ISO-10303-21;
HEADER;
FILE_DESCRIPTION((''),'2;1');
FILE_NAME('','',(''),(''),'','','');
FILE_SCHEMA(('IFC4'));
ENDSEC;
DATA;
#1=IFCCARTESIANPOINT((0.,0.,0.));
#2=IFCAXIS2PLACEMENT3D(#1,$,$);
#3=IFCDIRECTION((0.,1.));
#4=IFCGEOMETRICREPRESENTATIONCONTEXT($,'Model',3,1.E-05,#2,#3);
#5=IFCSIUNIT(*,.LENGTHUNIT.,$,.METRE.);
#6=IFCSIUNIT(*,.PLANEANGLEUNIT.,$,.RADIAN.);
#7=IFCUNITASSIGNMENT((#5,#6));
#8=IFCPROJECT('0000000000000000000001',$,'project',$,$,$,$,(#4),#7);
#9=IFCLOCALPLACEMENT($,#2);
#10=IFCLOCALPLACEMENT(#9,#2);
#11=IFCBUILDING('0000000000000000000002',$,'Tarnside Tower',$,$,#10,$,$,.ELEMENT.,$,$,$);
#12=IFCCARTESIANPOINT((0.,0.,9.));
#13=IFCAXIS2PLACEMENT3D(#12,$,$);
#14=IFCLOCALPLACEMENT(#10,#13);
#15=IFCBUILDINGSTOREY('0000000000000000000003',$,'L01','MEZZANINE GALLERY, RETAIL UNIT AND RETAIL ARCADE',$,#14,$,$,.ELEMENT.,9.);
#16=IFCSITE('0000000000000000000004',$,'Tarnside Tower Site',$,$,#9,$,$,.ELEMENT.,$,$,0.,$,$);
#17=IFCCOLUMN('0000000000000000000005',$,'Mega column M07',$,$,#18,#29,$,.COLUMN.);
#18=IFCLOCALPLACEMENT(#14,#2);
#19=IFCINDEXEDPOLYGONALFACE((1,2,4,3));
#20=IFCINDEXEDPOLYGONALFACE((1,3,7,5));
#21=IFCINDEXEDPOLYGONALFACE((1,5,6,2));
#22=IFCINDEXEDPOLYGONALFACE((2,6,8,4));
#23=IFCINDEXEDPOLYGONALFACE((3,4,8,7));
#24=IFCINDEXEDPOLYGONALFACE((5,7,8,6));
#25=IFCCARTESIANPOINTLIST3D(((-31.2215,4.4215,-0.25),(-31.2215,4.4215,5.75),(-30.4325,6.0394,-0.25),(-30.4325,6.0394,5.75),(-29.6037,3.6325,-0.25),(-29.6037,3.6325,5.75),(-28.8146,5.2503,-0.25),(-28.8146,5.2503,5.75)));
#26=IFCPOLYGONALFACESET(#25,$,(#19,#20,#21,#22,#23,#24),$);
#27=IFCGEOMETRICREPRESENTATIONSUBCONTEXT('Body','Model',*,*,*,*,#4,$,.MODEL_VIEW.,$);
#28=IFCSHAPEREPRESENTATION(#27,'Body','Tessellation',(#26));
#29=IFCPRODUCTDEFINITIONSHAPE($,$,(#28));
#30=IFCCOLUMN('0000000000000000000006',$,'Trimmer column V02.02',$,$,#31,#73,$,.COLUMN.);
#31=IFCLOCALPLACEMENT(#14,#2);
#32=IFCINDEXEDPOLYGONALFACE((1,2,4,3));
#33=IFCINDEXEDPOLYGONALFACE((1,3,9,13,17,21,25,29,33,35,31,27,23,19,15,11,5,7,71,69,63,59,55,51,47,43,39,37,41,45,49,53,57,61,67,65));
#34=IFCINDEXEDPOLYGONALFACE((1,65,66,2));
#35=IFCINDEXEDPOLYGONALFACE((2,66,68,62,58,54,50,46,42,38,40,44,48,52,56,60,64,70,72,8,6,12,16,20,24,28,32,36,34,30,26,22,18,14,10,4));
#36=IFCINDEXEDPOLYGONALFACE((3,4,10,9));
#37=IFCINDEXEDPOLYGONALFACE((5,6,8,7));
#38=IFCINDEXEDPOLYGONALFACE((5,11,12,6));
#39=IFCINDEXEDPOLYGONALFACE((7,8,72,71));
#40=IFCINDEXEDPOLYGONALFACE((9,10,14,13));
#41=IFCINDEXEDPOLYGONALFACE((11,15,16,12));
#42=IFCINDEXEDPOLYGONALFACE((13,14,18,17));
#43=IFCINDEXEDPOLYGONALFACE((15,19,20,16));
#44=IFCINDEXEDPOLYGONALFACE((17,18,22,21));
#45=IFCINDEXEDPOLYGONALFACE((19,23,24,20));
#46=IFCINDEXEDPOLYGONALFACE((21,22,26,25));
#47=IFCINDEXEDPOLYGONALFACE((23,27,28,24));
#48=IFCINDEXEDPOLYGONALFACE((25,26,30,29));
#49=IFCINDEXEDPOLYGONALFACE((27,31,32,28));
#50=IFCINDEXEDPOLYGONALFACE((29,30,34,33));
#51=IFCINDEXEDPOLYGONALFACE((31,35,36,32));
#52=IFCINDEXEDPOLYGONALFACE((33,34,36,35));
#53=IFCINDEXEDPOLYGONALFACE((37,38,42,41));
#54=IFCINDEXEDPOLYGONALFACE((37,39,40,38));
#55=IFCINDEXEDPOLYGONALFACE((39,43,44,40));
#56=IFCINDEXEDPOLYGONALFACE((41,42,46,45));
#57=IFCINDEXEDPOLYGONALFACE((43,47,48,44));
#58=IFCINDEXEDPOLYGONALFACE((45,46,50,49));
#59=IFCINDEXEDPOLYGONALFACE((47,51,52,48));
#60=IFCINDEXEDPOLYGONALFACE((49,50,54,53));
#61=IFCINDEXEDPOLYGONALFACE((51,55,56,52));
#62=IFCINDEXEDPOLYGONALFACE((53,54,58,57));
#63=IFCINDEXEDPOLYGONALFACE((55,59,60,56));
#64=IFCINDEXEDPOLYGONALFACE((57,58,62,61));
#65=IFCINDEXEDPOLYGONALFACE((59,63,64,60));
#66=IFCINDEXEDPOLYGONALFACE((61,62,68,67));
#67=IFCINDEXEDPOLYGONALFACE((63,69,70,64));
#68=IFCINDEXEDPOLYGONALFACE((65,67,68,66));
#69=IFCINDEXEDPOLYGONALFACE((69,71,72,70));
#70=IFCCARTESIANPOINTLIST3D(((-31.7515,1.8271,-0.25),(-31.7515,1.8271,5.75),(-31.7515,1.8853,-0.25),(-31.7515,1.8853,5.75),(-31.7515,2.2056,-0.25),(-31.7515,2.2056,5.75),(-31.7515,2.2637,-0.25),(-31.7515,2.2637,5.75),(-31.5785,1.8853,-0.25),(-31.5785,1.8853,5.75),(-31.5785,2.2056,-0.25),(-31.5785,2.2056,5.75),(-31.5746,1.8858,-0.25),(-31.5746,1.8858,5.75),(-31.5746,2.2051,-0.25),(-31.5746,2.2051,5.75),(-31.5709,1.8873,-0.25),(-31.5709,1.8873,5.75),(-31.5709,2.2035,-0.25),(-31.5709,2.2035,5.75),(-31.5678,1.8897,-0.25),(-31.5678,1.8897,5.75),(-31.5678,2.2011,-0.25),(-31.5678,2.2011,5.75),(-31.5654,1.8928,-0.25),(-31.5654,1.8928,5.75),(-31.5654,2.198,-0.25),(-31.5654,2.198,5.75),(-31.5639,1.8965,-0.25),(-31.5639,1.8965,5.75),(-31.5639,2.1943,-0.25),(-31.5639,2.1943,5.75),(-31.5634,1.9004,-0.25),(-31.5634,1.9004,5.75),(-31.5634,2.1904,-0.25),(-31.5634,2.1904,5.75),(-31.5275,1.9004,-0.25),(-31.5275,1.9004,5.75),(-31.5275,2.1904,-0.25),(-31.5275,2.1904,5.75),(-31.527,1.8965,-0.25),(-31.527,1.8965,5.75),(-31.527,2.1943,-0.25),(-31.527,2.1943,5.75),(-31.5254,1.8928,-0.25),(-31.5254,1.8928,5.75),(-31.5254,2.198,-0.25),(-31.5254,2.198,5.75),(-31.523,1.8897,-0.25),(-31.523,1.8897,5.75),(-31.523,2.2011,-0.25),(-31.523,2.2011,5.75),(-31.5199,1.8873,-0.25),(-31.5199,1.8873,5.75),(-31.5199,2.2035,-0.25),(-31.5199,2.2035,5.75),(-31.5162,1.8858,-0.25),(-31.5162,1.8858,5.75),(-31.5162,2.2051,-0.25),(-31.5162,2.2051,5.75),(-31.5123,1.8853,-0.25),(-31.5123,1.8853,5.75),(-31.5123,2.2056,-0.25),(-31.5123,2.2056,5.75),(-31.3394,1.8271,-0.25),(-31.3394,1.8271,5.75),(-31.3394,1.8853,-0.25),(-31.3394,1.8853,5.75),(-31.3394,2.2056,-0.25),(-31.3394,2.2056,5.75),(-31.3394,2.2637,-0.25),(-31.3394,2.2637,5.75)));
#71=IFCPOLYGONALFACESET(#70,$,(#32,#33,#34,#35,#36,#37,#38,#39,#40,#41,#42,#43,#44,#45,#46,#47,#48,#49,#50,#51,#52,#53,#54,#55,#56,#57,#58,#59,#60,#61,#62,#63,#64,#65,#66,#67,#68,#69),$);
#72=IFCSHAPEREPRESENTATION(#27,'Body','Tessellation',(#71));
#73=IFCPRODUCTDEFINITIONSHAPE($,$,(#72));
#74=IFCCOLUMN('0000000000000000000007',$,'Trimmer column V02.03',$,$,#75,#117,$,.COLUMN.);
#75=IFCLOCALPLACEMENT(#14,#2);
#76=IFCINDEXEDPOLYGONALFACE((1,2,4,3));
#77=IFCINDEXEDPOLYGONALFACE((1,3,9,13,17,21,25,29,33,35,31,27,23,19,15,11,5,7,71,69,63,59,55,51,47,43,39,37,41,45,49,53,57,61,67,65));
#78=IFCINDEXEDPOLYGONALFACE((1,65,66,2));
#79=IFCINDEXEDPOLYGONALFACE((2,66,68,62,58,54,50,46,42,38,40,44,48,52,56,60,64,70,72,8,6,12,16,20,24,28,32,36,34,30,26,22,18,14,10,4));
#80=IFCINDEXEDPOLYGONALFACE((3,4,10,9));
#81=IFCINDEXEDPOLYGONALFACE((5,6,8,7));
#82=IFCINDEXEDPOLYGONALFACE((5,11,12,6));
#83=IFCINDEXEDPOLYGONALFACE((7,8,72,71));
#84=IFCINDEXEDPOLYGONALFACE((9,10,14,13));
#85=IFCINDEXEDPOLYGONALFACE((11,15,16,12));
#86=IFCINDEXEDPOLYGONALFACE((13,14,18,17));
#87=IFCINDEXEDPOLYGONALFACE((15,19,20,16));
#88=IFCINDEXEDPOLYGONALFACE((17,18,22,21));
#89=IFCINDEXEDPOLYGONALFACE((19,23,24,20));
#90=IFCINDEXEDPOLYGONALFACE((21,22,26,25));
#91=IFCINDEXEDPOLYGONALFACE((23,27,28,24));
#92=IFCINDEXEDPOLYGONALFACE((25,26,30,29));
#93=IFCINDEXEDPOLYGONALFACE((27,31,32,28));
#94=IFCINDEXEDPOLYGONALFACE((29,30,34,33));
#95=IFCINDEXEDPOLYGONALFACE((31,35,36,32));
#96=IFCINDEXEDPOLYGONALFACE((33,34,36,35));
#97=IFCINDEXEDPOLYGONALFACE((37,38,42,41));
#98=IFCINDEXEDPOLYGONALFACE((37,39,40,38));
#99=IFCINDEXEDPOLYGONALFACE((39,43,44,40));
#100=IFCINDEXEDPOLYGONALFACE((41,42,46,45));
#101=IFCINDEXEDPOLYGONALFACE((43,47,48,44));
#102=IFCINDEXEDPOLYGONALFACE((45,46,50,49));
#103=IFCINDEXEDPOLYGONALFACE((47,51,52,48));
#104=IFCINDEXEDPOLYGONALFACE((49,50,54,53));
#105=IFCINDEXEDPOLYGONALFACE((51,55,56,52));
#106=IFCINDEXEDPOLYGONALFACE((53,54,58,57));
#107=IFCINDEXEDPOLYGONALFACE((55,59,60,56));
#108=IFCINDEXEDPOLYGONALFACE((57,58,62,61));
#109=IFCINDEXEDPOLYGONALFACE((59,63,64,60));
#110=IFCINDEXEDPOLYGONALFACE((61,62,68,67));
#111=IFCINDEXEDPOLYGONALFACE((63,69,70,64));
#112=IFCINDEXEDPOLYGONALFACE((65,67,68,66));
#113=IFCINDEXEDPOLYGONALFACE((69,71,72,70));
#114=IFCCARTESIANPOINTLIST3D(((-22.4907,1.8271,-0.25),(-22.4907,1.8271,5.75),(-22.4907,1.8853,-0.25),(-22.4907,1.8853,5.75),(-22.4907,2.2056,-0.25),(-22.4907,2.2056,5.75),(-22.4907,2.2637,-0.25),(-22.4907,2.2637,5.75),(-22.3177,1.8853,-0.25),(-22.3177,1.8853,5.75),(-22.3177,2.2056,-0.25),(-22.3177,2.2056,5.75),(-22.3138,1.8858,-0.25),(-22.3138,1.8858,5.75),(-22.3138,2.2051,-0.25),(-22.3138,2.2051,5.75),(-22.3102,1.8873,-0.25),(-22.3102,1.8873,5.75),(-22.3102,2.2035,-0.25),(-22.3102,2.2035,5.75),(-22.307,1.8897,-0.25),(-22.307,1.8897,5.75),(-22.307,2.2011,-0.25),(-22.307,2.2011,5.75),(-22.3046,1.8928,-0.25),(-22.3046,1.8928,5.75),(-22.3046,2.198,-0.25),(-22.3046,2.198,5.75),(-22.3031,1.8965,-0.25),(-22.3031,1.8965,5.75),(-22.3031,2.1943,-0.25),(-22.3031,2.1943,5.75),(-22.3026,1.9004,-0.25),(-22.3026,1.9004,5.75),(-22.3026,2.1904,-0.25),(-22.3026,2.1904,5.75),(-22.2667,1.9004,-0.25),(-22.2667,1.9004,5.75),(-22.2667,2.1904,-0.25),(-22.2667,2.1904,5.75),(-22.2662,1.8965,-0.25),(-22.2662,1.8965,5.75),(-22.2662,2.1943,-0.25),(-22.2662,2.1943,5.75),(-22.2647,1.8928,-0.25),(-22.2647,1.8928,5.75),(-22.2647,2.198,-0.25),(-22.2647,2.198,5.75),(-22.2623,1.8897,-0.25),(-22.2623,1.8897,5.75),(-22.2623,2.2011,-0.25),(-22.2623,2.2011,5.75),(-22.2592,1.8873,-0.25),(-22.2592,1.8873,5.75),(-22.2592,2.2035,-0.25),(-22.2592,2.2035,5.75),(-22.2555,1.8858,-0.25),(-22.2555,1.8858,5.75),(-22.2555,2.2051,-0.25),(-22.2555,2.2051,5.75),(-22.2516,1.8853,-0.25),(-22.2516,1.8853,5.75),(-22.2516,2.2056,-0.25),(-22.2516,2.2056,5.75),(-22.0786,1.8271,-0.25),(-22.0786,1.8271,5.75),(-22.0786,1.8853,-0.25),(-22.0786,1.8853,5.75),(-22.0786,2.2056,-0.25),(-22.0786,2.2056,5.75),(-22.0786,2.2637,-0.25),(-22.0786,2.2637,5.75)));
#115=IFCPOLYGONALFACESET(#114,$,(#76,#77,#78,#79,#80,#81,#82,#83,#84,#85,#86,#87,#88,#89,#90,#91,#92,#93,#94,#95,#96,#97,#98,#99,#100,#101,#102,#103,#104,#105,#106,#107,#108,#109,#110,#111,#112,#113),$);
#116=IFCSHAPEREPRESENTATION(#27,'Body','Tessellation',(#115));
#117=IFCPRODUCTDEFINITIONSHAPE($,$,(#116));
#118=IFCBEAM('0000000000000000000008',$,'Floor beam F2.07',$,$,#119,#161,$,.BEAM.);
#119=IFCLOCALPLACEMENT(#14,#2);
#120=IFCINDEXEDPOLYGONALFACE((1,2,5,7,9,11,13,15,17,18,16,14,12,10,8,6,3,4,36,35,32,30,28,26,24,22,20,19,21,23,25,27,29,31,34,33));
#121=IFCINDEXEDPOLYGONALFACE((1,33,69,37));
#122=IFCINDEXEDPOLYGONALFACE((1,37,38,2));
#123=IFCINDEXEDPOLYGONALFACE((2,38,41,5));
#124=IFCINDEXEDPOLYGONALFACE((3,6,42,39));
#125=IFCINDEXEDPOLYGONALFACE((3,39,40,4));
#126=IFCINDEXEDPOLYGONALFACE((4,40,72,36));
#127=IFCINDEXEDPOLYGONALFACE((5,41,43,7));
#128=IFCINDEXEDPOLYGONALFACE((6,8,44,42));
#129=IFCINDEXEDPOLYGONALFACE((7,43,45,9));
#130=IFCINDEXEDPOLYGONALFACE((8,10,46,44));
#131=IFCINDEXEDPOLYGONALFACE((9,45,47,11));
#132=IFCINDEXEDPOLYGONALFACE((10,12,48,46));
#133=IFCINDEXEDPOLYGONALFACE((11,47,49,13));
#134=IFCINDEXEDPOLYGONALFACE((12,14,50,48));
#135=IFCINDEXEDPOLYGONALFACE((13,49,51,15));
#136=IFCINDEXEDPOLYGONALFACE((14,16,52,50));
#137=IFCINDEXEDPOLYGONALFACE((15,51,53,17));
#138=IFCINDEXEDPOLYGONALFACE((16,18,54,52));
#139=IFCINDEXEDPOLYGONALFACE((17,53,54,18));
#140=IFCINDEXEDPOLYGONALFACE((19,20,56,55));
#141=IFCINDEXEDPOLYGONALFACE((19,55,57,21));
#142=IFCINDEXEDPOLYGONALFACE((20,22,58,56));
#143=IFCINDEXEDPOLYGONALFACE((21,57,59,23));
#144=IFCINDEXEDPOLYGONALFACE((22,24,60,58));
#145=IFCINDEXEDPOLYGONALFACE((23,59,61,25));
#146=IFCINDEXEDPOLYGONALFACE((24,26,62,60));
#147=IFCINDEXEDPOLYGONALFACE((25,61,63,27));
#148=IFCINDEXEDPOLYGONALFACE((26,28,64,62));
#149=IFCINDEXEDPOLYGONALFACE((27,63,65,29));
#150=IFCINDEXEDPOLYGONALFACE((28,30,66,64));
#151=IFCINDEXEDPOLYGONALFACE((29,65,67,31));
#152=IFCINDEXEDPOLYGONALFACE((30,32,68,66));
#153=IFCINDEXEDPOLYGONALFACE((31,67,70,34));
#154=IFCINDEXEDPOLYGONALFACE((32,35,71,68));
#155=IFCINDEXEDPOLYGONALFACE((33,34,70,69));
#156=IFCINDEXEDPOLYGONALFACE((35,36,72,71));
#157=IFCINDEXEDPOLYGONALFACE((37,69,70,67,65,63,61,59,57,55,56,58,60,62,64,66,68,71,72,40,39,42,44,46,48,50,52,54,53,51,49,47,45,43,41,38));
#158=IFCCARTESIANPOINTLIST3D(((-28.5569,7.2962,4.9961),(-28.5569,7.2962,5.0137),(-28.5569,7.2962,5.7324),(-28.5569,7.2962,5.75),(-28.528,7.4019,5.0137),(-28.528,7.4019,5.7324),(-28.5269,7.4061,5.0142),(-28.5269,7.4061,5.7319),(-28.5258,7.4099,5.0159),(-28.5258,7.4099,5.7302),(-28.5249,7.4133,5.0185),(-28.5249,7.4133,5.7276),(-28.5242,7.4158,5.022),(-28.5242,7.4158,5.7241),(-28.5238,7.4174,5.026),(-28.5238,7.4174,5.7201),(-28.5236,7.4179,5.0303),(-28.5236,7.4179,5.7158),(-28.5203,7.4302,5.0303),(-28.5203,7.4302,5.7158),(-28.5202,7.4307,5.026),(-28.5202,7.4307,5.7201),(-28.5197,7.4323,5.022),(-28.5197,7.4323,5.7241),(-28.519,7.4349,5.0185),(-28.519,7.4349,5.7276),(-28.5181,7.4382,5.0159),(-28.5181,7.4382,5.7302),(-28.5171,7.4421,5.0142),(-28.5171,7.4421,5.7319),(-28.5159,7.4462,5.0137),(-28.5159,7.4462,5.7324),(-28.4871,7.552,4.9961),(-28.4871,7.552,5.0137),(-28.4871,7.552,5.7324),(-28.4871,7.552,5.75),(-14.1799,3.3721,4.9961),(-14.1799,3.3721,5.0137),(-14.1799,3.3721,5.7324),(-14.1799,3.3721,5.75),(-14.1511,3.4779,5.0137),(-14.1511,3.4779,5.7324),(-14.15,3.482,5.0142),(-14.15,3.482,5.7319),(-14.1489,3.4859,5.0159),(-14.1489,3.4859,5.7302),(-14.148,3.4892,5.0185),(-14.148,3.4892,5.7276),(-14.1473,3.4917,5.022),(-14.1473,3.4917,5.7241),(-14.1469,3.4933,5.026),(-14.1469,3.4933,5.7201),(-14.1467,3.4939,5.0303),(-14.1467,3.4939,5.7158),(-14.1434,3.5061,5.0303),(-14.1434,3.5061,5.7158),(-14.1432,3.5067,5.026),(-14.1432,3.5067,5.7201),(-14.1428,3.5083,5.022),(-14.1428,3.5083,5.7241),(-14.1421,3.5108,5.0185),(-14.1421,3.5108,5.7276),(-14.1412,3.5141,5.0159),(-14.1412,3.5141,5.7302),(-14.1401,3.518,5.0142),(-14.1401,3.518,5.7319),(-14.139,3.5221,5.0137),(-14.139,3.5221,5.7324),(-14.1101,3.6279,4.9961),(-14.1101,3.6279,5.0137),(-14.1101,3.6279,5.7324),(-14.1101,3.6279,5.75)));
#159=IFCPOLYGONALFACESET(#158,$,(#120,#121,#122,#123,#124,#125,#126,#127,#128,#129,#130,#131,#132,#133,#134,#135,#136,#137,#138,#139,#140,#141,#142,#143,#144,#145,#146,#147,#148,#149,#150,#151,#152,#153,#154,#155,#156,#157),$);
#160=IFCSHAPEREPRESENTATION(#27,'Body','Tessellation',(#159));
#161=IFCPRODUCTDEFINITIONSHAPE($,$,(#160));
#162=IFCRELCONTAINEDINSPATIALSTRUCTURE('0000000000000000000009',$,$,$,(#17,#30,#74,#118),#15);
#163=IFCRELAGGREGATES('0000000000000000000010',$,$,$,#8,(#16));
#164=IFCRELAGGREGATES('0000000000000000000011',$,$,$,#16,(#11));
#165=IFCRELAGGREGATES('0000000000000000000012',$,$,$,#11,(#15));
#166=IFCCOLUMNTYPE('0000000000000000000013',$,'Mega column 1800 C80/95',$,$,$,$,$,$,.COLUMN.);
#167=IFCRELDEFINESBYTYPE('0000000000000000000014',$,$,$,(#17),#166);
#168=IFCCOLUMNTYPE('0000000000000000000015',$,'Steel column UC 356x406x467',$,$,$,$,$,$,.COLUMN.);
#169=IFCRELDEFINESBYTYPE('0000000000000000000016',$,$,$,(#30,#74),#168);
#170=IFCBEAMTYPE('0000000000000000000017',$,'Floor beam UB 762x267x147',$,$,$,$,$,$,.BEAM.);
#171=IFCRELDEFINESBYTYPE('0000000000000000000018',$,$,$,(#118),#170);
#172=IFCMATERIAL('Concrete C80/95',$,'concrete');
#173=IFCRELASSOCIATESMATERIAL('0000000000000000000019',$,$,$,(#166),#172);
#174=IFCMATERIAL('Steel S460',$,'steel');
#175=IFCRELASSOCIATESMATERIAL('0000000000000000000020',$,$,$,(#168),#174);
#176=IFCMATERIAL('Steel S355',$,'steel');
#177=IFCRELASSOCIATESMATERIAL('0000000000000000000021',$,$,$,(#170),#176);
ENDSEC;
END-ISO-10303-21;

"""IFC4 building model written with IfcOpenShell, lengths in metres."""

from ifc_helpers import new_model, si_unit, direction, frame, origin, origin_2d, place, context, subcontext, project, spatial, rectangle, i_section, extrude, material, material_profile, profile_set, type_object, element, save


model = new_model("IFC4")

# Units and contexts
model_context = context("Model", 3, precision=1e-05, world=origin(), true_north=direction((0.0, 1.0)))
body_context = subcontext(model_context, "Body", "Model", "MODEL_VIEW")
ifc_project = project(units=[si_unit("LENGTHUNIT", "METRE"), si_unit("PLANEANGLEUNIT", "RADIAN")], contexts=[model_context])

# Site, building, storey
site_placement = place(None, origin())
site = spatial("IfcSite", under=ifc_project, at=site_placement, Name="Tarnside Tower Site", CompositionType="ELEMENT", RefElevation=0.0)
building_placement = place(site_placement, origin())
building = spatial("IfcBuilding", under=site, at=building_placement, Name="Tarnside Tower", CompositionType="ELEMENT")
storey_placement = place(building_placement, frame((0.0, 0.0, 9.0)))
storey = spatial("IfcBuildingStorey", under=building, at=storey_placement, Name="L01", Description="MEZZANINE GALLERY, RETAIL UNIT AND RETAIL ARCADE", CompositionType="ELEMENT", Elevation=9.0)

# Columns
ifc_material_1 = material(Name="Concrete C80/95", Category="concrete")
ifc_material_profile_1 = material_profile(ifc_material_1, rectangle(XDim=1.8, YDim=1.8, at=origin_2d()), Name="Mega column 1800x1800")
ifc_profile_set_1 = profile_set([ifc_material_profile_1], Name="Concrete C80/95")
column_type_1 = type_object("IfcColumnType", Name="Mega column 1800 C80/95", PredefinedType="COLUMN", material=ifc_profile_set_1)
column_placement = place(storey_placement, frame((-30.0181, 4.8359, -0.25), z_axis=(0.0, 0.0, 1.0), x_axis=(0.438371, 0.898794, 0.0)))
element("IfcColumn", 1, at=column_placement, inside=storey, type_object=column_type_1, Name="Mega column M07", PredefinedType="COLUMN", context=body_context, shape_type="SweptSolid", body=[
    extrude(rectangle(XDim=1.8, YDim=1.8, at=origin_2d()), origin(), (0.0, 0.0, 1.0), 6.0),
])
ifc_material_2 = material(Name="Steel S460", Category="steel")
ifc_material_profile_2 = material_profile(ifc_material_2, i_section(OverallWidth=0.4121, OverallDepth=0.4365, WebThickness=0.0359, FlangeThickness=0.0581, FilletRadius=0.0151, at=origin_2d()), Name="UC 356x406x467")
ifc_profile_set_2 = profile_set([ifc_material_profile_2], Name="Steel S460")
column_type_2 = type_object("IfcColumnType", Name="Steel column UC 356x406x467", PredefinedType="COLUMN", material=ifc_profile_set_2)
for number, where, z_axis, x_axis, name in (
    (2, (-31.5454, 2.0454, -0.25), (0.0, 0.0, 1.0), (1.0, 0.0, 0.0), "Trimmer column V02.02"),
    (3, (-22.2847, 2.0454, -0.25), (0.0, 0.0, 1.0), (1.0, 0.0, 0.0), "Trimmer column V02.03"),
):
    element("IfcColumn", number, at=place(storey_placement, frame(where, z_axis=z_axis, x_axis=x_axis)), inside=storey, type_object=column_type_2, Name=name, PredefinedType="COLUMN", context=body_context, shape_type="SweptSolid", body=[
        extrude(i_section(OverallWidth=0.4121, OverallDepth=0.4365, WebThickness=0.0359, FlangeThickness=0.0581, FilletRadius=0.0151, at=origin_2d()), origin(), (0.0, 0.0, 1.0), 6.0),
    ])

# Beam
ifc_material_3 = material(Name="Steel S355", Category="steel")
ifc_material_profile_3 = material_profile(ifc_material_3, i_section(OverallWidth=0.2651, OverallDepth=0.7539, WebThickness=0.0127, FlangeThickness=0.0176, FilletRadius=0.0166, at=origin_2d()), Name="UB 762x267x147")
ifc_profile_set_3 = profile_set([ifc_material_profile_3], Name="Steel S355")
beam_type_1 = type_object("IfcBeamType", Name="Floor beam UB 762x267x147", PredefinedType="BEAM", material=ifc_profile_set_3)
beam_1_placement = place(storey_placement, frame((-28.522, 7.4241, 5.373), z_axis=(0.964711, -0.26331, 0.0), x_axis=(0.26331, 0.964711, 0.0)))
element("IfcBeam", 4, at=beam_1_placement, inside=storey, type_object=beam_type_1, Name="Floor beam F2.07", PredefinedType="BEAM", context=body_context, shape_type="SweptSolid", body=[
    extrude(i_section(OverallWidth=0.2651, OverallDepth=0.7539, WebThickness=0.0127, FlangeThickness=0.0176, FilletRadius=0.0166, at=origin_2d()), origin(), (0.0, 0.0, 1.0), 14.9028),
])

save(model, "model.ifc")
